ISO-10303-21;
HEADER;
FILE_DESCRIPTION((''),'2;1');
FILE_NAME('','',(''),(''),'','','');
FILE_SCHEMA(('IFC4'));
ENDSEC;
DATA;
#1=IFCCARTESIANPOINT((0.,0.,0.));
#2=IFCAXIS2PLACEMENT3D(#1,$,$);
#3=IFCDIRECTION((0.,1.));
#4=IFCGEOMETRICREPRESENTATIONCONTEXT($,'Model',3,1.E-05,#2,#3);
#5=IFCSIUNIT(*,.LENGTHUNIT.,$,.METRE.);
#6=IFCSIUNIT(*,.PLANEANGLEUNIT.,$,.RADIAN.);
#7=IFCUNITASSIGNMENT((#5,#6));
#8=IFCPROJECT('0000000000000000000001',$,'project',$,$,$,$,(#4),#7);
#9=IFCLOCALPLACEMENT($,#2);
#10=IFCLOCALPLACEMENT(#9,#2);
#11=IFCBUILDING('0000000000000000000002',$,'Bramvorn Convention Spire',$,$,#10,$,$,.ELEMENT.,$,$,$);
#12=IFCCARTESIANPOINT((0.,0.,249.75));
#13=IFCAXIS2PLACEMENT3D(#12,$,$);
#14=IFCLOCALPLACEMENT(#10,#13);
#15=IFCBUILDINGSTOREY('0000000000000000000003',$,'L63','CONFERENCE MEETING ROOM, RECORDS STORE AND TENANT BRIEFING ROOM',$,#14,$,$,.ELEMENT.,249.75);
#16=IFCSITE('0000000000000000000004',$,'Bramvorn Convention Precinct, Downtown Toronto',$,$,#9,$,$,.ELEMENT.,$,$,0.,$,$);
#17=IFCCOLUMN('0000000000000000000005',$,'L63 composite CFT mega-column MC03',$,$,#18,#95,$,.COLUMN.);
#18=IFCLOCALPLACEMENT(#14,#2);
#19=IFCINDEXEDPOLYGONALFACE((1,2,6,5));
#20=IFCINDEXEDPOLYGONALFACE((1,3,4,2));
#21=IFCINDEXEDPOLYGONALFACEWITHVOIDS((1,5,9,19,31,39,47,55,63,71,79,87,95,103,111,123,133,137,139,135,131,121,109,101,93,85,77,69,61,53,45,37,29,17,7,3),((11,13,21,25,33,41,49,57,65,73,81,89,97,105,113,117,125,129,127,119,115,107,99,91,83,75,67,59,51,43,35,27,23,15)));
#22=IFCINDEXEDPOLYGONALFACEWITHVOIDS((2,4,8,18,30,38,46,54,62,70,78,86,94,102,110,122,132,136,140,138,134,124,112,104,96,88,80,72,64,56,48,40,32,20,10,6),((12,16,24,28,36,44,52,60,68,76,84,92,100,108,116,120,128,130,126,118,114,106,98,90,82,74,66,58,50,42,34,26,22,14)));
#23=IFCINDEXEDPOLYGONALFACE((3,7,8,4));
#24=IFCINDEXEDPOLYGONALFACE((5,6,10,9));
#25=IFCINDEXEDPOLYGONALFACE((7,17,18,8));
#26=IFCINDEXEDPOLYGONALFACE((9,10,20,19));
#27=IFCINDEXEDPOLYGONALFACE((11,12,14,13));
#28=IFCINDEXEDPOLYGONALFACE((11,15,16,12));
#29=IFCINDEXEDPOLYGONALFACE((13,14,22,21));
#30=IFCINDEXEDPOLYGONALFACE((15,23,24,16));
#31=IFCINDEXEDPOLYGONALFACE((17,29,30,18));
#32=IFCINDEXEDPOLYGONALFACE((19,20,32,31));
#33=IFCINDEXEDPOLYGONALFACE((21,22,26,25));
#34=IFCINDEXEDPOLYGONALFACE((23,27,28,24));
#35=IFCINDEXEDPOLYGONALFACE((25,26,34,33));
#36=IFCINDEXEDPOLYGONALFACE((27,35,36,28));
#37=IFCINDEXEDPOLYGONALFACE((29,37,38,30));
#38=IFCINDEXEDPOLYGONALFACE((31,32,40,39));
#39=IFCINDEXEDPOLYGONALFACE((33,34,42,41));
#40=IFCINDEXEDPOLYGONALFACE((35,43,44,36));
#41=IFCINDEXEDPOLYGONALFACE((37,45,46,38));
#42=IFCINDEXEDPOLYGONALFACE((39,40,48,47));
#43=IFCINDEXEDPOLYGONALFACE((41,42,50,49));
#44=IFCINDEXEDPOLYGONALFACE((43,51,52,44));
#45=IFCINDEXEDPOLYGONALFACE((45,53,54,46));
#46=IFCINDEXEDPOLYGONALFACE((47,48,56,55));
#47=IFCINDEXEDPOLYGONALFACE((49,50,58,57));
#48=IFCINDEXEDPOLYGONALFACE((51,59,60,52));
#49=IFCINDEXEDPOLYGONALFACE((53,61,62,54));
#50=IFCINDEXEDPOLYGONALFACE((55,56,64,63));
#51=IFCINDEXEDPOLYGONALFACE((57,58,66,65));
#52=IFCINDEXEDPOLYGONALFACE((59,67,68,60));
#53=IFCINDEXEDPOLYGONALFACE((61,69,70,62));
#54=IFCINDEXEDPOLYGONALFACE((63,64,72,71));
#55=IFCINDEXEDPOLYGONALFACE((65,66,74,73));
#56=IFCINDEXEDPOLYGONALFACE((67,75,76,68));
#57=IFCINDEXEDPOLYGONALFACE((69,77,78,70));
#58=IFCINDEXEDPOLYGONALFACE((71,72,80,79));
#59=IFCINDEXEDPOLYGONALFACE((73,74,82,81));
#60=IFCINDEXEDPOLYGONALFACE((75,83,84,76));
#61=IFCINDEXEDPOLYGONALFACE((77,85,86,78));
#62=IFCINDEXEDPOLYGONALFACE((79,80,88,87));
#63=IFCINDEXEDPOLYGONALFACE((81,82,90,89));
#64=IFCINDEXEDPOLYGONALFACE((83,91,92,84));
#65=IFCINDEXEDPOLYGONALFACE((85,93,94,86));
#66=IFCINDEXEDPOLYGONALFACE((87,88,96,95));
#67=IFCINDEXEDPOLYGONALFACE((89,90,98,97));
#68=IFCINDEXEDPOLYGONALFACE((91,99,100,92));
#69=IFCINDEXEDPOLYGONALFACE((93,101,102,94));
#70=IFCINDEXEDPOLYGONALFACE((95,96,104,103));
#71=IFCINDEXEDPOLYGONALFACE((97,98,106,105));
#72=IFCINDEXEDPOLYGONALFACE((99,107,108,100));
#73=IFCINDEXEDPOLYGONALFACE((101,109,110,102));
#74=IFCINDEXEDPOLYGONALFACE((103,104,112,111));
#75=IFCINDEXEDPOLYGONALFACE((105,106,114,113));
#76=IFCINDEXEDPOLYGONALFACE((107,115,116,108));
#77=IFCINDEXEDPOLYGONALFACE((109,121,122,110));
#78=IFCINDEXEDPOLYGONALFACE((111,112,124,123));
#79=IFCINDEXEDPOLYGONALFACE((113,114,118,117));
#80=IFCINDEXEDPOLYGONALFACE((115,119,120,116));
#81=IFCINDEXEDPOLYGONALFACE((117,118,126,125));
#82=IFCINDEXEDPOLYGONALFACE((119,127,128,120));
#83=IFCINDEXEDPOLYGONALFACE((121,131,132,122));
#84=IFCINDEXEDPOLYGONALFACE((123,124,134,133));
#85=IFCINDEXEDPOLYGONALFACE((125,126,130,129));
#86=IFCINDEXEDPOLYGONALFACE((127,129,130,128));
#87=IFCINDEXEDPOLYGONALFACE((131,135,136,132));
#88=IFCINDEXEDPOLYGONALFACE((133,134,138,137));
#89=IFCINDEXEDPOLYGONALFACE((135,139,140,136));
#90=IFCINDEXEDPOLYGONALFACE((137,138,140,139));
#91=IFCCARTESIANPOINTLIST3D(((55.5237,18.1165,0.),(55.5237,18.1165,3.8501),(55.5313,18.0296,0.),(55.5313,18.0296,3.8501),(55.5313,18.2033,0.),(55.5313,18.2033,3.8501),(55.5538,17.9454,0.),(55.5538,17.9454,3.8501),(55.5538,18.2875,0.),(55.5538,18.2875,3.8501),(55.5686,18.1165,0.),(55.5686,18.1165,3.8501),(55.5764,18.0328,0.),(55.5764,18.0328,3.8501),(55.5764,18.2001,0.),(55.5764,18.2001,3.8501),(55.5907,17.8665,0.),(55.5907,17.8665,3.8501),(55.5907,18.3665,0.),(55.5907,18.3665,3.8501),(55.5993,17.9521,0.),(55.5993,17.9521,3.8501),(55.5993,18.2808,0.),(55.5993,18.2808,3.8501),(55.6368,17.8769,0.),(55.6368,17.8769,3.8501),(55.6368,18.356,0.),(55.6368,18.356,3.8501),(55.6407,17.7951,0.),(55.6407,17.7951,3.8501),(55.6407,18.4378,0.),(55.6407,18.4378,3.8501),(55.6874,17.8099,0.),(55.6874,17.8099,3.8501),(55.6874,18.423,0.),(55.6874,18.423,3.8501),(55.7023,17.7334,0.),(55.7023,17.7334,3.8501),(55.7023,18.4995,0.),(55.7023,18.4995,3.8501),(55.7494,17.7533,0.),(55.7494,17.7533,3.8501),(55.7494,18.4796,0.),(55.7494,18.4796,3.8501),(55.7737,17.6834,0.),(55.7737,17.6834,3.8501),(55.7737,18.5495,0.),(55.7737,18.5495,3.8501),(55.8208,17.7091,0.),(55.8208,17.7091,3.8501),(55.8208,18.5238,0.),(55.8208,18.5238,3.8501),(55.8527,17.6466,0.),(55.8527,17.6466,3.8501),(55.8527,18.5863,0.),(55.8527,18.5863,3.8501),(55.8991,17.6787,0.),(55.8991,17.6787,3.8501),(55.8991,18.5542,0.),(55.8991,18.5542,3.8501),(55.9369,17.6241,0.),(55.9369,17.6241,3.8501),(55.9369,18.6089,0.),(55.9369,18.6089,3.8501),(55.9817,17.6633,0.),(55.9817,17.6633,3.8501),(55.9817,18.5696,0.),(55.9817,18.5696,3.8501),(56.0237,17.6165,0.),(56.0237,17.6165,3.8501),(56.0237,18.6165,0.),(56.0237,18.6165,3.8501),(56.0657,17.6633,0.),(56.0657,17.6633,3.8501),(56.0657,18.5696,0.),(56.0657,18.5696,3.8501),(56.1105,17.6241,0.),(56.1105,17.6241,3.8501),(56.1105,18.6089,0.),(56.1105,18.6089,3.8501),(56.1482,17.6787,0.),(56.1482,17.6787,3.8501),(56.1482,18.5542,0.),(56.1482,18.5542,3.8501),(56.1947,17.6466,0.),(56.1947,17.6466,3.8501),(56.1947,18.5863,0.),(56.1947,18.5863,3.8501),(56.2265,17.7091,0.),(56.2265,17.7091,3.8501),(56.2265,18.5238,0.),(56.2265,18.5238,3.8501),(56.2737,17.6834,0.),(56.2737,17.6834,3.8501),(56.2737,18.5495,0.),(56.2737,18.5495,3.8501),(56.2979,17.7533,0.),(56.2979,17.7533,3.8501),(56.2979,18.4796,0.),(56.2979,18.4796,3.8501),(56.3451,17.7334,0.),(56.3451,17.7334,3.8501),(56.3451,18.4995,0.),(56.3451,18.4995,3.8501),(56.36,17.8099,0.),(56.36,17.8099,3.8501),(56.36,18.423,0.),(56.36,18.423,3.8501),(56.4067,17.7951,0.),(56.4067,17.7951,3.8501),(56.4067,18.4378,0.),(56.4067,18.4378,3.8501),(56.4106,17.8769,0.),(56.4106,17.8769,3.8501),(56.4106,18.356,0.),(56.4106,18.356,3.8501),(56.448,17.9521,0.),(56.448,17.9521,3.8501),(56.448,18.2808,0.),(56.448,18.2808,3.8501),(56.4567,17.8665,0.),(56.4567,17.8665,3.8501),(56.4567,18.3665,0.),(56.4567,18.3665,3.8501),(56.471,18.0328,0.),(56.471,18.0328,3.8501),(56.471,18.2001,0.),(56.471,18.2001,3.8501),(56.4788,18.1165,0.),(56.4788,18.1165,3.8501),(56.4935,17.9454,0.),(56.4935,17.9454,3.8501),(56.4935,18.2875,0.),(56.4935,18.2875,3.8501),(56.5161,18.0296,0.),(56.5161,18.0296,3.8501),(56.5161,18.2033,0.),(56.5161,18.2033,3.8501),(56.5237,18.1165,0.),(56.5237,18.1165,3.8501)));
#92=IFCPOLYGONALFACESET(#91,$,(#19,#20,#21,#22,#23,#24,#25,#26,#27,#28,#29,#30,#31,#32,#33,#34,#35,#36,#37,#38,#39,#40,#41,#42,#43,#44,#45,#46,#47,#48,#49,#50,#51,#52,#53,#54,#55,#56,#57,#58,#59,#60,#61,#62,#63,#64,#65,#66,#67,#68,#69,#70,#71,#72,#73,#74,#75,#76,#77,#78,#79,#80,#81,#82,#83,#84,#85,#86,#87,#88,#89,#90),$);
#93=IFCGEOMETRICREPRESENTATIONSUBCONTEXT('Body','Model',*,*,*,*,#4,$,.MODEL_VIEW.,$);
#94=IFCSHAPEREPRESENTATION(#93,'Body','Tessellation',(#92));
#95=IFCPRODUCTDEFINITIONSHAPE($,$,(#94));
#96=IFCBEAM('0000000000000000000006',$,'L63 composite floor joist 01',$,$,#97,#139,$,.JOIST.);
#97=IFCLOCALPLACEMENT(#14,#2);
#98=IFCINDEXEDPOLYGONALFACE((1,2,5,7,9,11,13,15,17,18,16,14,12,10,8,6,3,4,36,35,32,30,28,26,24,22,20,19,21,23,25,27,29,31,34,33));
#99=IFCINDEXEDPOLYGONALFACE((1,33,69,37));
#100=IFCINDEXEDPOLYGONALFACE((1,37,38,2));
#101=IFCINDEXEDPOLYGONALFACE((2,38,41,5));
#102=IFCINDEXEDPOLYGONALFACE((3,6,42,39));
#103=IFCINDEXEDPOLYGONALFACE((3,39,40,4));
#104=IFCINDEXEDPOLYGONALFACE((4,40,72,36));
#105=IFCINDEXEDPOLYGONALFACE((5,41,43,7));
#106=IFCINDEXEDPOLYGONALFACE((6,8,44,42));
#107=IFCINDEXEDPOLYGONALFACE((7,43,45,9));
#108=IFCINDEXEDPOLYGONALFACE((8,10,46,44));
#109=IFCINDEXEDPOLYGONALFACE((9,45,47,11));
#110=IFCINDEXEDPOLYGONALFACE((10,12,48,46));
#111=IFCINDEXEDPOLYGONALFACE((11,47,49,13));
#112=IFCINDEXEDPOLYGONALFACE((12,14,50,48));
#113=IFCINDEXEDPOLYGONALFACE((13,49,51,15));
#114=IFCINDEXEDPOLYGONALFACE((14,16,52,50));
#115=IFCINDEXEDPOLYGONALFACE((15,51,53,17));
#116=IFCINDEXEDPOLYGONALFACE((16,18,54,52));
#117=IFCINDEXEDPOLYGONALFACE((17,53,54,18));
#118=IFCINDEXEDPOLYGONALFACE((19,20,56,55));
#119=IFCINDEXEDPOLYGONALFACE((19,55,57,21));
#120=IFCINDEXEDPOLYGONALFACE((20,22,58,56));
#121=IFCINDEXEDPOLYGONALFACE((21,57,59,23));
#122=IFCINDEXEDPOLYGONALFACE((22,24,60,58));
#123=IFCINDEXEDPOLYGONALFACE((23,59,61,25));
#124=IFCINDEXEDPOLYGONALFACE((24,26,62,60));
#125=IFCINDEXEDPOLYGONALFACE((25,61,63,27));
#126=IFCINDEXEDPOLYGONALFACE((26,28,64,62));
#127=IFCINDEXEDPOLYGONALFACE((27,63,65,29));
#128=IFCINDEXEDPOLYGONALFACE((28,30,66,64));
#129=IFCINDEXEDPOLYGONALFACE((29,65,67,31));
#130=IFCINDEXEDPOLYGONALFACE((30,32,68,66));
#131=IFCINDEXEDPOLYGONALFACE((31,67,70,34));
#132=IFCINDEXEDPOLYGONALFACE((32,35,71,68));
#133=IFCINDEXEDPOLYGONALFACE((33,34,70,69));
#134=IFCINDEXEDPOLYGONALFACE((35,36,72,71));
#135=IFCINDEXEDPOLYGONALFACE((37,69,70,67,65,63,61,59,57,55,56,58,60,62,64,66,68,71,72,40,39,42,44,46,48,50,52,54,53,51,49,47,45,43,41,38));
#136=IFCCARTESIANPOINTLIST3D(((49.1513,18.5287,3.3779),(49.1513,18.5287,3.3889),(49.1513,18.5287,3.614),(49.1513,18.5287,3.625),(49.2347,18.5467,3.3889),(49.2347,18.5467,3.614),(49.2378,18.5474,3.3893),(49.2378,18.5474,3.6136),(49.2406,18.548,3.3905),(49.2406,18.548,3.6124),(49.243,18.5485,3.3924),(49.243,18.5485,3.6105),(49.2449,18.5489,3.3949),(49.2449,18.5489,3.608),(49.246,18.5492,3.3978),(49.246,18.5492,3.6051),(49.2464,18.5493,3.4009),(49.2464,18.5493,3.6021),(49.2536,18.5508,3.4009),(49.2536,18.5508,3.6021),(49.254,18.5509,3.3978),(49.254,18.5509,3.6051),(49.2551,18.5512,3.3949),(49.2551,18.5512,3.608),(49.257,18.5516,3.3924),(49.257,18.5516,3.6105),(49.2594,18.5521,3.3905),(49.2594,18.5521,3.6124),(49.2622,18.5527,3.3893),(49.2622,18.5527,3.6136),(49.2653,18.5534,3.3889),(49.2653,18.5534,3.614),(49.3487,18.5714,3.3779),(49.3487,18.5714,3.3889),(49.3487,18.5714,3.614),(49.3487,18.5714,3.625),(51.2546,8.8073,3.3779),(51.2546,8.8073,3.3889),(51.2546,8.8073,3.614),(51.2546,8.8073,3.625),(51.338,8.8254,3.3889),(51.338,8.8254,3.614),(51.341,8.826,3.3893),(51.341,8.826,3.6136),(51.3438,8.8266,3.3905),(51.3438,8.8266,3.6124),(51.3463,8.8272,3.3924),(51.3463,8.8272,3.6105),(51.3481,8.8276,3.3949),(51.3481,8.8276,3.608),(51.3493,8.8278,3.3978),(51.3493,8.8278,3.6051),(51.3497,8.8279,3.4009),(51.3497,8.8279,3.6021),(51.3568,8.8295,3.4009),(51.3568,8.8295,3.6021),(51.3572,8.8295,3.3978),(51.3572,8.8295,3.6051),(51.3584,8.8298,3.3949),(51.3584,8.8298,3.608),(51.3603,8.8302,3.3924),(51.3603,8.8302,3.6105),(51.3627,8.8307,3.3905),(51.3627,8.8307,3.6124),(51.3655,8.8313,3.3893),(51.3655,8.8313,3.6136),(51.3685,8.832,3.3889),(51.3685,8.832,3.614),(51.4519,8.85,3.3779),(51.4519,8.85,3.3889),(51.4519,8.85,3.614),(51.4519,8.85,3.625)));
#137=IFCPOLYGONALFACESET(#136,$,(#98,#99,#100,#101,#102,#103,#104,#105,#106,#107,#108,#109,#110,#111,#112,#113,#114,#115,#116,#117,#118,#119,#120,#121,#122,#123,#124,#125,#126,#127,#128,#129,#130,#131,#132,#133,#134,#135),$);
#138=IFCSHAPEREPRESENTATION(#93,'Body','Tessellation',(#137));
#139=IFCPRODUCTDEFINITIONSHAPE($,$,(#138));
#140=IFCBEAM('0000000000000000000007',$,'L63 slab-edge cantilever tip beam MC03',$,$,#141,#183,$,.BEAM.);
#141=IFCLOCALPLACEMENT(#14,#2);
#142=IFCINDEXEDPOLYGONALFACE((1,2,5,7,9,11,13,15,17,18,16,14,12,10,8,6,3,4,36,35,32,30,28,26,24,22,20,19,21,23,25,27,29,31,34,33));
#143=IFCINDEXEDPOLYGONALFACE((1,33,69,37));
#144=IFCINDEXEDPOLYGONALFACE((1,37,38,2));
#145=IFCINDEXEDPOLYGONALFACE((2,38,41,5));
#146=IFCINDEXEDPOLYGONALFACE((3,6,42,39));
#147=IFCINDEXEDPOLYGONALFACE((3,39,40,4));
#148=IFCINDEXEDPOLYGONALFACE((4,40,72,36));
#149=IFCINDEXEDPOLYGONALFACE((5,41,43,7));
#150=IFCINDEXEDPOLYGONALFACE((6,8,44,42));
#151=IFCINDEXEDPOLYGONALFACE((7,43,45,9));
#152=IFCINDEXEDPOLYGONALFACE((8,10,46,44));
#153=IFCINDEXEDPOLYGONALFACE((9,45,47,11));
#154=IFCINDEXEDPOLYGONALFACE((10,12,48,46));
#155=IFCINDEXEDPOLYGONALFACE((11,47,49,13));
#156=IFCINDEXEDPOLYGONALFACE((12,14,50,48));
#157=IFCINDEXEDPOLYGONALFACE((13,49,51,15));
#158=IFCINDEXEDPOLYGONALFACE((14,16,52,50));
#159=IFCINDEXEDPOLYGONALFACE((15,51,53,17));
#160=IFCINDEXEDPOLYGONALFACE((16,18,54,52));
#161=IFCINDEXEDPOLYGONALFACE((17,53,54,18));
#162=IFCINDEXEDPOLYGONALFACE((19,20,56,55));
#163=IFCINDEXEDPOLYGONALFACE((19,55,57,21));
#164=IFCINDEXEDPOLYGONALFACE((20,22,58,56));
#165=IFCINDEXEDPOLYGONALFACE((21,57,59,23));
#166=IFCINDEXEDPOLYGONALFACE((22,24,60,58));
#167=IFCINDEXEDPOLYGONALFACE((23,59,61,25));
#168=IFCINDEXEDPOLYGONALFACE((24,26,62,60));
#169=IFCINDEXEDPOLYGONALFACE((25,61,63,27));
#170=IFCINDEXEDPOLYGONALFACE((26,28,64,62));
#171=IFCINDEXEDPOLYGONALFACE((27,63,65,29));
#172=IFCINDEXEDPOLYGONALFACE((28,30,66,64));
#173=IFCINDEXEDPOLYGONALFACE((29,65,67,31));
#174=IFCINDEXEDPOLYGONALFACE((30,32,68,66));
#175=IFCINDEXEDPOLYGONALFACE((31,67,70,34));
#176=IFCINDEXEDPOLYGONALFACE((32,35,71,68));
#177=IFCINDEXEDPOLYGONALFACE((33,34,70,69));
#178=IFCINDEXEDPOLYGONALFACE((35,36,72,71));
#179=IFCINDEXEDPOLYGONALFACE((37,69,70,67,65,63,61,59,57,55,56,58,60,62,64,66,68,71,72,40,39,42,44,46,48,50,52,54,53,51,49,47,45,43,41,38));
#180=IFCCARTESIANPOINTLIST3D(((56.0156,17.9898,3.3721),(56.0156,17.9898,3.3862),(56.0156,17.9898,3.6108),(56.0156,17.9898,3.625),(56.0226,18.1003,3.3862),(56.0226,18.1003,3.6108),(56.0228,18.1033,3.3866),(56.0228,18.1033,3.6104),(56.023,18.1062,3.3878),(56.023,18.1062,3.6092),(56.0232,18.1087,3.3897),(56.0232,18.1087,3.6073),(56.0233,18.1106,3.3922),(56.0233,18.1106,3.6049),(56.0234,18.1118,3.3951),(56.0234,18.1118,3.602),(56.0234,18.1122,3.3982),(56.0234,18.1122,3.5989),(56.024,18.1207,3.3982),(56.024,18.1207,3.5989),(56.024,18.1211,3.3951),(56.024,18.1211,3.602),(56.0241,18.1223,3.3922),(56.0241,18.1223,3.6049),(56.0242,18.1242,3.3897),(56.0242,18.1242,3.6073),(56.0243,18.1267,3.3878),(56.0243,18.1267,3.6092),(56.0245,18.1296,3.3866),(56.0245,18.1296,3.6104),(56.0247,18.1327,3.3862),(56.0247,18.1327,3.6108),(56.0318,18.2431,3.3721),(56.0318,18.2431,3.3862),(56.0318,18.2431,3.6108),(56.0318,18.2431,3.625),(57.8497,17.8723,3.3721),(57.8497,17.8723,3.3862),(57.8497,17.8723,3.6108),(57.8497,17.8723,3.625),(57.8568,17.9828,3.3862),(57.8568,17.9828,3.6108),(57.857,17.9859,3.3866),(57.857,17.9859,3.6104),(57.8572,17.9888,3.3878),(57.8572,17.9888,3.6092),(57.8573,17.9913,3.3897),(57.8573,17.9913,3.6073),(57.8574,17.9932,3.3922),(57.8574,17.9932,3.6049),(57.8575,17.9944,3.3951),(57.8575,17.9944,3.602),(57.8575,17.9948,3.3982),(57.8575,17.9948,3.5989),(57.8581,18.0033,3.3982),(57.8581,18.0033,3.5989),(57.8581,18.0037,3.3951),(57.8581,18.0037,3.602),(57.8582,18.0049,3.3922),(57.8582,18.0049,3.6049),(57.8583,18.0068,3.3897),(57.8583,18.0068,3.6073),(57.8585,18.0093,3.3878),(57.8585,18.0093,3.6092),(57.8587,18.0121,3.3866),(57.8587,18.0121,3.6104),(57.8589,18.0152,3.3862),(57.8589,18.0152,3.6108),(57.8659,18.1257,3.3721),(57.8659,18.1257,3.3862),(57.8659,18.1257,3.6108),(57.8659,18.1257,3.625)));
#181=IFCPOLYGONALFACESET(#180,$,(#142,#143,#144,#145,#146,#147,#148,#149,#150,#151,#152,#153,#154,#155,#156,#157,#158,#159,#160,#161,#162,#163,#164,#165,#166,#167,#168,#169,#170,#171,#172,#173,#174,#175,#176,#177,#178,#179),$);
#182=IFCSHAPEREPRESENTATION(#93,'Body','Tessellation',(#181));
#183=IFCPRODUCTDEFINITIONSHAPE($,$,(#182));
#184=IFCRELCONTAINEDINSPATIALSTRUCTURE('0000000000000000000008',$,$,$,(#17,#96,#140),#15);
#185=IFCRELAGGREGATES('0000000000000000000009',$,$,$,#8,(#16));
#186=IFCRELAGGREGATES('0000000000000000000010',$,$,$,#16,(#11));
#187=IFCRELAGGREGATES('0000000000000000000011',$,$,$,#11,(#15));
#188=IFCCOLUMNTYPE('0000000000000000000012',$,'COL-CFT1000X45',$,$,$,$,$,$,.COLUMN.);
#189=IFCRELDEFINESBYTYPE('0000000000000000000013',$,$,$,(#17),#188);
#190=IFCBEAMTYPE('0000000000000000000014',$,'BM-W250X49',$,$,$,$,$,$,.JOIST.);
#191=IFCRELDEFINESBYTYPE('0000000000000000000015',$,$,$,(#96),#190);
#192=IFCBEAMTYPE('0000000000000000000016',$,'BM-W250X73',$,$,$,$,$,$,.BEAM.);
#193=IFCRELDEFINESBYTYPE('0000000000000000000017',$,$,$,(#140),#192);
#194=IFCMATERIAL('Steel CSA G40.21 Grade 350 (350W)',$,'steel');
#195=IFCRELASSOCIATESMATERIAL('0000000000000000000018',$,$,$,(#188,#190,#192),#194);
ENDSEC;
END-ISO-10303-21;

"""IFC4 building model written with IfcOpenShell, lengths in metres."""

from ifc_helpers import new_model, si_unit, direction, frame, origin, origin_2d, place, context, subcontext, project, spatial, hollow_circle, i_section, extrude, material, material_profile, profile_set, type_object, element, save


model = new_model("IFC4")

# Units and contexts
model_context = context("Model", 3, precision=1e-05, world=origin(), true_north=direction((0.0, 1.0)))
body_context = subcontext(model_context, "Body", "Model", "MODEL_VIEW")
ifc_project = project(units=[si_unit("LENGTHUNIT", "METRE"), si_unit("PLANEANGLEUNIT", "RADIAN")], contexts=[model_context])

# Site, building, storey
site_placement = place(None, origin())
site = spatial("IfcSite", under=ifc_project, at=site_placement, Name="Bramvorn Convention Precinct, Downtown Toronto", CompositionType="ELEMENT", RefElevation=0.0)
building_placement = place(site_placement, origin())
building = spatial("IfcBuilding", under=site, at=building_placement, Name="Bramvorn Convention Spire", CompositionType="ELEMENT")
storey_placement = place(building_placement, frame((0.0, 0.0, 249.75)))
storey = spatial("IfcBuildingStorey", under=building, at=storey_placement, Name="L63", Description="CONFERENCE MEETING ROOM, RECORDS STORE AND TENANT BRIEFING ROOM", CompositionType="ELEMENT", Elevation=249.75)

# Column
ifc_material_1 = material(Name="Steel CSA G40.21 Grade 350 (350W)", Category="steel")
ifc_material_profile_1 = material_profile(ifc_material_1, hollow_circle(Radius=0.5, WallThickness=0.0449, at=origin_2d()))
ifc_profile_set_1 = profile_set([ifc_material_profile_1], Name="Steel CSA G40.21 Grade 350 (350W) - CFT1000X45")
column_type = type_object("IfcColumnType", Name="COL-CFT1000X45", PredefinedType="COLUMN", material=ifc_profile_set_1)
column_placement = place(storey_placement, frame((56.0237, 18.1165, 0.0), z_axis=(0.0, 0.0, 1.0), x_axis=(1.0, 0.0, 0.0)))
element("IfcColumn", 1, at=column_placement, inside=storey, type_object=column_type, Name="L63 composite CFT mega-column MC03", PredefinedType="COLUMN", context=body_context, shape_type="SweptSolid", body=[
    extrude(hollow_circle(Radius=0.5, WallThickness=0.0449, at=origin_2d()), origin(), (0.0, 0.0, 1.0), 3.8501),
])

# Beams
ifc_material_profile_2 = material_profile(ifc_material_1, i_section(OverallWidth=0.2019, OverallDepth=0.2471, WebThickness=0.0073, FlangeThickness=0.011, FilletRadius=0.012, at=origin_2d()))
ifc_profile_set_2 = profile_set([ifc_material_profile_2], Name="Steel CSA G40.21 Grade 350 (350W) - W250X49")
beam_type_1 = type_object("IfcBeamType", Name="BM-W250X49", PredefinedType="JOIST", material=ifc_profile_set_2)
beam_1_placement = place(storey_placement, frame((49.25, 18.55, 3.5015), z_axis=(0.211461, -0.977386, 0.0), x_axis=(0.977386, 0.211461, 0.0)))
element("IfcBeam", 2, at=beam_1_placement, inside=storey, type_object=beam_type_1, Name="L63 composite floor joist 01", PredefinedType="JOIST", context=body_context, shape_type="SweptSolid", body=[
    extrude(i_section(OverallWidth=0.2019, OverallDepth=0.2471, WebThickness=0.0073, FlangeThickness=0.011, FilletRadius=0.012, at=origin_2d()), origin(), (0.0, 0.0, 1.0), 9.9463),
])
ifc_material_profile_3 = material_profile(ifc_material_1, i_section(OverallWidth=0.2539, OverallDepth=0.2529, WebThickness=0.0085, FlangeThickness=0.0142, FilletRadius=0.012, at=origin_2d()))
ifc_profile_set_3 = profile_set([ifc_material_profile_3], Name="Steel CSA G40.21 Grade 350 (350W) - W250X73")
beam_type_2 = type_object("IfcBeamType", Name="BM-W250X73", PredefinedType="BEAM", material=ifc_profile_set_3)
beam_2_placement = place(storey_placement, frame((56.0237, 18.1165, 3.4985), z_axis=(0.997957, -0.063892, 0.0), x_axis=(0.063892, 0.997957, 0.0)))
element("IfcBeam", 3, at=beam_2_placement, inside=storey, type_object=beam_type_2, Name="L63 slab-edge cantilever tip beam MC03", PredefinedType="BEAM", context=body_context, shape_type="SweptSolid", body=[
    extrude(i_section(OverallWidth=0.2539, OverallDepth=0.2529, WebThickness=0.0085, FlangeThickness=0.0142, FilletRadius=0.012, at=origin_2d()), origin(), (0.0, 0.0, 1.0), 1.8379),
])

save(model, "model.ifc")
